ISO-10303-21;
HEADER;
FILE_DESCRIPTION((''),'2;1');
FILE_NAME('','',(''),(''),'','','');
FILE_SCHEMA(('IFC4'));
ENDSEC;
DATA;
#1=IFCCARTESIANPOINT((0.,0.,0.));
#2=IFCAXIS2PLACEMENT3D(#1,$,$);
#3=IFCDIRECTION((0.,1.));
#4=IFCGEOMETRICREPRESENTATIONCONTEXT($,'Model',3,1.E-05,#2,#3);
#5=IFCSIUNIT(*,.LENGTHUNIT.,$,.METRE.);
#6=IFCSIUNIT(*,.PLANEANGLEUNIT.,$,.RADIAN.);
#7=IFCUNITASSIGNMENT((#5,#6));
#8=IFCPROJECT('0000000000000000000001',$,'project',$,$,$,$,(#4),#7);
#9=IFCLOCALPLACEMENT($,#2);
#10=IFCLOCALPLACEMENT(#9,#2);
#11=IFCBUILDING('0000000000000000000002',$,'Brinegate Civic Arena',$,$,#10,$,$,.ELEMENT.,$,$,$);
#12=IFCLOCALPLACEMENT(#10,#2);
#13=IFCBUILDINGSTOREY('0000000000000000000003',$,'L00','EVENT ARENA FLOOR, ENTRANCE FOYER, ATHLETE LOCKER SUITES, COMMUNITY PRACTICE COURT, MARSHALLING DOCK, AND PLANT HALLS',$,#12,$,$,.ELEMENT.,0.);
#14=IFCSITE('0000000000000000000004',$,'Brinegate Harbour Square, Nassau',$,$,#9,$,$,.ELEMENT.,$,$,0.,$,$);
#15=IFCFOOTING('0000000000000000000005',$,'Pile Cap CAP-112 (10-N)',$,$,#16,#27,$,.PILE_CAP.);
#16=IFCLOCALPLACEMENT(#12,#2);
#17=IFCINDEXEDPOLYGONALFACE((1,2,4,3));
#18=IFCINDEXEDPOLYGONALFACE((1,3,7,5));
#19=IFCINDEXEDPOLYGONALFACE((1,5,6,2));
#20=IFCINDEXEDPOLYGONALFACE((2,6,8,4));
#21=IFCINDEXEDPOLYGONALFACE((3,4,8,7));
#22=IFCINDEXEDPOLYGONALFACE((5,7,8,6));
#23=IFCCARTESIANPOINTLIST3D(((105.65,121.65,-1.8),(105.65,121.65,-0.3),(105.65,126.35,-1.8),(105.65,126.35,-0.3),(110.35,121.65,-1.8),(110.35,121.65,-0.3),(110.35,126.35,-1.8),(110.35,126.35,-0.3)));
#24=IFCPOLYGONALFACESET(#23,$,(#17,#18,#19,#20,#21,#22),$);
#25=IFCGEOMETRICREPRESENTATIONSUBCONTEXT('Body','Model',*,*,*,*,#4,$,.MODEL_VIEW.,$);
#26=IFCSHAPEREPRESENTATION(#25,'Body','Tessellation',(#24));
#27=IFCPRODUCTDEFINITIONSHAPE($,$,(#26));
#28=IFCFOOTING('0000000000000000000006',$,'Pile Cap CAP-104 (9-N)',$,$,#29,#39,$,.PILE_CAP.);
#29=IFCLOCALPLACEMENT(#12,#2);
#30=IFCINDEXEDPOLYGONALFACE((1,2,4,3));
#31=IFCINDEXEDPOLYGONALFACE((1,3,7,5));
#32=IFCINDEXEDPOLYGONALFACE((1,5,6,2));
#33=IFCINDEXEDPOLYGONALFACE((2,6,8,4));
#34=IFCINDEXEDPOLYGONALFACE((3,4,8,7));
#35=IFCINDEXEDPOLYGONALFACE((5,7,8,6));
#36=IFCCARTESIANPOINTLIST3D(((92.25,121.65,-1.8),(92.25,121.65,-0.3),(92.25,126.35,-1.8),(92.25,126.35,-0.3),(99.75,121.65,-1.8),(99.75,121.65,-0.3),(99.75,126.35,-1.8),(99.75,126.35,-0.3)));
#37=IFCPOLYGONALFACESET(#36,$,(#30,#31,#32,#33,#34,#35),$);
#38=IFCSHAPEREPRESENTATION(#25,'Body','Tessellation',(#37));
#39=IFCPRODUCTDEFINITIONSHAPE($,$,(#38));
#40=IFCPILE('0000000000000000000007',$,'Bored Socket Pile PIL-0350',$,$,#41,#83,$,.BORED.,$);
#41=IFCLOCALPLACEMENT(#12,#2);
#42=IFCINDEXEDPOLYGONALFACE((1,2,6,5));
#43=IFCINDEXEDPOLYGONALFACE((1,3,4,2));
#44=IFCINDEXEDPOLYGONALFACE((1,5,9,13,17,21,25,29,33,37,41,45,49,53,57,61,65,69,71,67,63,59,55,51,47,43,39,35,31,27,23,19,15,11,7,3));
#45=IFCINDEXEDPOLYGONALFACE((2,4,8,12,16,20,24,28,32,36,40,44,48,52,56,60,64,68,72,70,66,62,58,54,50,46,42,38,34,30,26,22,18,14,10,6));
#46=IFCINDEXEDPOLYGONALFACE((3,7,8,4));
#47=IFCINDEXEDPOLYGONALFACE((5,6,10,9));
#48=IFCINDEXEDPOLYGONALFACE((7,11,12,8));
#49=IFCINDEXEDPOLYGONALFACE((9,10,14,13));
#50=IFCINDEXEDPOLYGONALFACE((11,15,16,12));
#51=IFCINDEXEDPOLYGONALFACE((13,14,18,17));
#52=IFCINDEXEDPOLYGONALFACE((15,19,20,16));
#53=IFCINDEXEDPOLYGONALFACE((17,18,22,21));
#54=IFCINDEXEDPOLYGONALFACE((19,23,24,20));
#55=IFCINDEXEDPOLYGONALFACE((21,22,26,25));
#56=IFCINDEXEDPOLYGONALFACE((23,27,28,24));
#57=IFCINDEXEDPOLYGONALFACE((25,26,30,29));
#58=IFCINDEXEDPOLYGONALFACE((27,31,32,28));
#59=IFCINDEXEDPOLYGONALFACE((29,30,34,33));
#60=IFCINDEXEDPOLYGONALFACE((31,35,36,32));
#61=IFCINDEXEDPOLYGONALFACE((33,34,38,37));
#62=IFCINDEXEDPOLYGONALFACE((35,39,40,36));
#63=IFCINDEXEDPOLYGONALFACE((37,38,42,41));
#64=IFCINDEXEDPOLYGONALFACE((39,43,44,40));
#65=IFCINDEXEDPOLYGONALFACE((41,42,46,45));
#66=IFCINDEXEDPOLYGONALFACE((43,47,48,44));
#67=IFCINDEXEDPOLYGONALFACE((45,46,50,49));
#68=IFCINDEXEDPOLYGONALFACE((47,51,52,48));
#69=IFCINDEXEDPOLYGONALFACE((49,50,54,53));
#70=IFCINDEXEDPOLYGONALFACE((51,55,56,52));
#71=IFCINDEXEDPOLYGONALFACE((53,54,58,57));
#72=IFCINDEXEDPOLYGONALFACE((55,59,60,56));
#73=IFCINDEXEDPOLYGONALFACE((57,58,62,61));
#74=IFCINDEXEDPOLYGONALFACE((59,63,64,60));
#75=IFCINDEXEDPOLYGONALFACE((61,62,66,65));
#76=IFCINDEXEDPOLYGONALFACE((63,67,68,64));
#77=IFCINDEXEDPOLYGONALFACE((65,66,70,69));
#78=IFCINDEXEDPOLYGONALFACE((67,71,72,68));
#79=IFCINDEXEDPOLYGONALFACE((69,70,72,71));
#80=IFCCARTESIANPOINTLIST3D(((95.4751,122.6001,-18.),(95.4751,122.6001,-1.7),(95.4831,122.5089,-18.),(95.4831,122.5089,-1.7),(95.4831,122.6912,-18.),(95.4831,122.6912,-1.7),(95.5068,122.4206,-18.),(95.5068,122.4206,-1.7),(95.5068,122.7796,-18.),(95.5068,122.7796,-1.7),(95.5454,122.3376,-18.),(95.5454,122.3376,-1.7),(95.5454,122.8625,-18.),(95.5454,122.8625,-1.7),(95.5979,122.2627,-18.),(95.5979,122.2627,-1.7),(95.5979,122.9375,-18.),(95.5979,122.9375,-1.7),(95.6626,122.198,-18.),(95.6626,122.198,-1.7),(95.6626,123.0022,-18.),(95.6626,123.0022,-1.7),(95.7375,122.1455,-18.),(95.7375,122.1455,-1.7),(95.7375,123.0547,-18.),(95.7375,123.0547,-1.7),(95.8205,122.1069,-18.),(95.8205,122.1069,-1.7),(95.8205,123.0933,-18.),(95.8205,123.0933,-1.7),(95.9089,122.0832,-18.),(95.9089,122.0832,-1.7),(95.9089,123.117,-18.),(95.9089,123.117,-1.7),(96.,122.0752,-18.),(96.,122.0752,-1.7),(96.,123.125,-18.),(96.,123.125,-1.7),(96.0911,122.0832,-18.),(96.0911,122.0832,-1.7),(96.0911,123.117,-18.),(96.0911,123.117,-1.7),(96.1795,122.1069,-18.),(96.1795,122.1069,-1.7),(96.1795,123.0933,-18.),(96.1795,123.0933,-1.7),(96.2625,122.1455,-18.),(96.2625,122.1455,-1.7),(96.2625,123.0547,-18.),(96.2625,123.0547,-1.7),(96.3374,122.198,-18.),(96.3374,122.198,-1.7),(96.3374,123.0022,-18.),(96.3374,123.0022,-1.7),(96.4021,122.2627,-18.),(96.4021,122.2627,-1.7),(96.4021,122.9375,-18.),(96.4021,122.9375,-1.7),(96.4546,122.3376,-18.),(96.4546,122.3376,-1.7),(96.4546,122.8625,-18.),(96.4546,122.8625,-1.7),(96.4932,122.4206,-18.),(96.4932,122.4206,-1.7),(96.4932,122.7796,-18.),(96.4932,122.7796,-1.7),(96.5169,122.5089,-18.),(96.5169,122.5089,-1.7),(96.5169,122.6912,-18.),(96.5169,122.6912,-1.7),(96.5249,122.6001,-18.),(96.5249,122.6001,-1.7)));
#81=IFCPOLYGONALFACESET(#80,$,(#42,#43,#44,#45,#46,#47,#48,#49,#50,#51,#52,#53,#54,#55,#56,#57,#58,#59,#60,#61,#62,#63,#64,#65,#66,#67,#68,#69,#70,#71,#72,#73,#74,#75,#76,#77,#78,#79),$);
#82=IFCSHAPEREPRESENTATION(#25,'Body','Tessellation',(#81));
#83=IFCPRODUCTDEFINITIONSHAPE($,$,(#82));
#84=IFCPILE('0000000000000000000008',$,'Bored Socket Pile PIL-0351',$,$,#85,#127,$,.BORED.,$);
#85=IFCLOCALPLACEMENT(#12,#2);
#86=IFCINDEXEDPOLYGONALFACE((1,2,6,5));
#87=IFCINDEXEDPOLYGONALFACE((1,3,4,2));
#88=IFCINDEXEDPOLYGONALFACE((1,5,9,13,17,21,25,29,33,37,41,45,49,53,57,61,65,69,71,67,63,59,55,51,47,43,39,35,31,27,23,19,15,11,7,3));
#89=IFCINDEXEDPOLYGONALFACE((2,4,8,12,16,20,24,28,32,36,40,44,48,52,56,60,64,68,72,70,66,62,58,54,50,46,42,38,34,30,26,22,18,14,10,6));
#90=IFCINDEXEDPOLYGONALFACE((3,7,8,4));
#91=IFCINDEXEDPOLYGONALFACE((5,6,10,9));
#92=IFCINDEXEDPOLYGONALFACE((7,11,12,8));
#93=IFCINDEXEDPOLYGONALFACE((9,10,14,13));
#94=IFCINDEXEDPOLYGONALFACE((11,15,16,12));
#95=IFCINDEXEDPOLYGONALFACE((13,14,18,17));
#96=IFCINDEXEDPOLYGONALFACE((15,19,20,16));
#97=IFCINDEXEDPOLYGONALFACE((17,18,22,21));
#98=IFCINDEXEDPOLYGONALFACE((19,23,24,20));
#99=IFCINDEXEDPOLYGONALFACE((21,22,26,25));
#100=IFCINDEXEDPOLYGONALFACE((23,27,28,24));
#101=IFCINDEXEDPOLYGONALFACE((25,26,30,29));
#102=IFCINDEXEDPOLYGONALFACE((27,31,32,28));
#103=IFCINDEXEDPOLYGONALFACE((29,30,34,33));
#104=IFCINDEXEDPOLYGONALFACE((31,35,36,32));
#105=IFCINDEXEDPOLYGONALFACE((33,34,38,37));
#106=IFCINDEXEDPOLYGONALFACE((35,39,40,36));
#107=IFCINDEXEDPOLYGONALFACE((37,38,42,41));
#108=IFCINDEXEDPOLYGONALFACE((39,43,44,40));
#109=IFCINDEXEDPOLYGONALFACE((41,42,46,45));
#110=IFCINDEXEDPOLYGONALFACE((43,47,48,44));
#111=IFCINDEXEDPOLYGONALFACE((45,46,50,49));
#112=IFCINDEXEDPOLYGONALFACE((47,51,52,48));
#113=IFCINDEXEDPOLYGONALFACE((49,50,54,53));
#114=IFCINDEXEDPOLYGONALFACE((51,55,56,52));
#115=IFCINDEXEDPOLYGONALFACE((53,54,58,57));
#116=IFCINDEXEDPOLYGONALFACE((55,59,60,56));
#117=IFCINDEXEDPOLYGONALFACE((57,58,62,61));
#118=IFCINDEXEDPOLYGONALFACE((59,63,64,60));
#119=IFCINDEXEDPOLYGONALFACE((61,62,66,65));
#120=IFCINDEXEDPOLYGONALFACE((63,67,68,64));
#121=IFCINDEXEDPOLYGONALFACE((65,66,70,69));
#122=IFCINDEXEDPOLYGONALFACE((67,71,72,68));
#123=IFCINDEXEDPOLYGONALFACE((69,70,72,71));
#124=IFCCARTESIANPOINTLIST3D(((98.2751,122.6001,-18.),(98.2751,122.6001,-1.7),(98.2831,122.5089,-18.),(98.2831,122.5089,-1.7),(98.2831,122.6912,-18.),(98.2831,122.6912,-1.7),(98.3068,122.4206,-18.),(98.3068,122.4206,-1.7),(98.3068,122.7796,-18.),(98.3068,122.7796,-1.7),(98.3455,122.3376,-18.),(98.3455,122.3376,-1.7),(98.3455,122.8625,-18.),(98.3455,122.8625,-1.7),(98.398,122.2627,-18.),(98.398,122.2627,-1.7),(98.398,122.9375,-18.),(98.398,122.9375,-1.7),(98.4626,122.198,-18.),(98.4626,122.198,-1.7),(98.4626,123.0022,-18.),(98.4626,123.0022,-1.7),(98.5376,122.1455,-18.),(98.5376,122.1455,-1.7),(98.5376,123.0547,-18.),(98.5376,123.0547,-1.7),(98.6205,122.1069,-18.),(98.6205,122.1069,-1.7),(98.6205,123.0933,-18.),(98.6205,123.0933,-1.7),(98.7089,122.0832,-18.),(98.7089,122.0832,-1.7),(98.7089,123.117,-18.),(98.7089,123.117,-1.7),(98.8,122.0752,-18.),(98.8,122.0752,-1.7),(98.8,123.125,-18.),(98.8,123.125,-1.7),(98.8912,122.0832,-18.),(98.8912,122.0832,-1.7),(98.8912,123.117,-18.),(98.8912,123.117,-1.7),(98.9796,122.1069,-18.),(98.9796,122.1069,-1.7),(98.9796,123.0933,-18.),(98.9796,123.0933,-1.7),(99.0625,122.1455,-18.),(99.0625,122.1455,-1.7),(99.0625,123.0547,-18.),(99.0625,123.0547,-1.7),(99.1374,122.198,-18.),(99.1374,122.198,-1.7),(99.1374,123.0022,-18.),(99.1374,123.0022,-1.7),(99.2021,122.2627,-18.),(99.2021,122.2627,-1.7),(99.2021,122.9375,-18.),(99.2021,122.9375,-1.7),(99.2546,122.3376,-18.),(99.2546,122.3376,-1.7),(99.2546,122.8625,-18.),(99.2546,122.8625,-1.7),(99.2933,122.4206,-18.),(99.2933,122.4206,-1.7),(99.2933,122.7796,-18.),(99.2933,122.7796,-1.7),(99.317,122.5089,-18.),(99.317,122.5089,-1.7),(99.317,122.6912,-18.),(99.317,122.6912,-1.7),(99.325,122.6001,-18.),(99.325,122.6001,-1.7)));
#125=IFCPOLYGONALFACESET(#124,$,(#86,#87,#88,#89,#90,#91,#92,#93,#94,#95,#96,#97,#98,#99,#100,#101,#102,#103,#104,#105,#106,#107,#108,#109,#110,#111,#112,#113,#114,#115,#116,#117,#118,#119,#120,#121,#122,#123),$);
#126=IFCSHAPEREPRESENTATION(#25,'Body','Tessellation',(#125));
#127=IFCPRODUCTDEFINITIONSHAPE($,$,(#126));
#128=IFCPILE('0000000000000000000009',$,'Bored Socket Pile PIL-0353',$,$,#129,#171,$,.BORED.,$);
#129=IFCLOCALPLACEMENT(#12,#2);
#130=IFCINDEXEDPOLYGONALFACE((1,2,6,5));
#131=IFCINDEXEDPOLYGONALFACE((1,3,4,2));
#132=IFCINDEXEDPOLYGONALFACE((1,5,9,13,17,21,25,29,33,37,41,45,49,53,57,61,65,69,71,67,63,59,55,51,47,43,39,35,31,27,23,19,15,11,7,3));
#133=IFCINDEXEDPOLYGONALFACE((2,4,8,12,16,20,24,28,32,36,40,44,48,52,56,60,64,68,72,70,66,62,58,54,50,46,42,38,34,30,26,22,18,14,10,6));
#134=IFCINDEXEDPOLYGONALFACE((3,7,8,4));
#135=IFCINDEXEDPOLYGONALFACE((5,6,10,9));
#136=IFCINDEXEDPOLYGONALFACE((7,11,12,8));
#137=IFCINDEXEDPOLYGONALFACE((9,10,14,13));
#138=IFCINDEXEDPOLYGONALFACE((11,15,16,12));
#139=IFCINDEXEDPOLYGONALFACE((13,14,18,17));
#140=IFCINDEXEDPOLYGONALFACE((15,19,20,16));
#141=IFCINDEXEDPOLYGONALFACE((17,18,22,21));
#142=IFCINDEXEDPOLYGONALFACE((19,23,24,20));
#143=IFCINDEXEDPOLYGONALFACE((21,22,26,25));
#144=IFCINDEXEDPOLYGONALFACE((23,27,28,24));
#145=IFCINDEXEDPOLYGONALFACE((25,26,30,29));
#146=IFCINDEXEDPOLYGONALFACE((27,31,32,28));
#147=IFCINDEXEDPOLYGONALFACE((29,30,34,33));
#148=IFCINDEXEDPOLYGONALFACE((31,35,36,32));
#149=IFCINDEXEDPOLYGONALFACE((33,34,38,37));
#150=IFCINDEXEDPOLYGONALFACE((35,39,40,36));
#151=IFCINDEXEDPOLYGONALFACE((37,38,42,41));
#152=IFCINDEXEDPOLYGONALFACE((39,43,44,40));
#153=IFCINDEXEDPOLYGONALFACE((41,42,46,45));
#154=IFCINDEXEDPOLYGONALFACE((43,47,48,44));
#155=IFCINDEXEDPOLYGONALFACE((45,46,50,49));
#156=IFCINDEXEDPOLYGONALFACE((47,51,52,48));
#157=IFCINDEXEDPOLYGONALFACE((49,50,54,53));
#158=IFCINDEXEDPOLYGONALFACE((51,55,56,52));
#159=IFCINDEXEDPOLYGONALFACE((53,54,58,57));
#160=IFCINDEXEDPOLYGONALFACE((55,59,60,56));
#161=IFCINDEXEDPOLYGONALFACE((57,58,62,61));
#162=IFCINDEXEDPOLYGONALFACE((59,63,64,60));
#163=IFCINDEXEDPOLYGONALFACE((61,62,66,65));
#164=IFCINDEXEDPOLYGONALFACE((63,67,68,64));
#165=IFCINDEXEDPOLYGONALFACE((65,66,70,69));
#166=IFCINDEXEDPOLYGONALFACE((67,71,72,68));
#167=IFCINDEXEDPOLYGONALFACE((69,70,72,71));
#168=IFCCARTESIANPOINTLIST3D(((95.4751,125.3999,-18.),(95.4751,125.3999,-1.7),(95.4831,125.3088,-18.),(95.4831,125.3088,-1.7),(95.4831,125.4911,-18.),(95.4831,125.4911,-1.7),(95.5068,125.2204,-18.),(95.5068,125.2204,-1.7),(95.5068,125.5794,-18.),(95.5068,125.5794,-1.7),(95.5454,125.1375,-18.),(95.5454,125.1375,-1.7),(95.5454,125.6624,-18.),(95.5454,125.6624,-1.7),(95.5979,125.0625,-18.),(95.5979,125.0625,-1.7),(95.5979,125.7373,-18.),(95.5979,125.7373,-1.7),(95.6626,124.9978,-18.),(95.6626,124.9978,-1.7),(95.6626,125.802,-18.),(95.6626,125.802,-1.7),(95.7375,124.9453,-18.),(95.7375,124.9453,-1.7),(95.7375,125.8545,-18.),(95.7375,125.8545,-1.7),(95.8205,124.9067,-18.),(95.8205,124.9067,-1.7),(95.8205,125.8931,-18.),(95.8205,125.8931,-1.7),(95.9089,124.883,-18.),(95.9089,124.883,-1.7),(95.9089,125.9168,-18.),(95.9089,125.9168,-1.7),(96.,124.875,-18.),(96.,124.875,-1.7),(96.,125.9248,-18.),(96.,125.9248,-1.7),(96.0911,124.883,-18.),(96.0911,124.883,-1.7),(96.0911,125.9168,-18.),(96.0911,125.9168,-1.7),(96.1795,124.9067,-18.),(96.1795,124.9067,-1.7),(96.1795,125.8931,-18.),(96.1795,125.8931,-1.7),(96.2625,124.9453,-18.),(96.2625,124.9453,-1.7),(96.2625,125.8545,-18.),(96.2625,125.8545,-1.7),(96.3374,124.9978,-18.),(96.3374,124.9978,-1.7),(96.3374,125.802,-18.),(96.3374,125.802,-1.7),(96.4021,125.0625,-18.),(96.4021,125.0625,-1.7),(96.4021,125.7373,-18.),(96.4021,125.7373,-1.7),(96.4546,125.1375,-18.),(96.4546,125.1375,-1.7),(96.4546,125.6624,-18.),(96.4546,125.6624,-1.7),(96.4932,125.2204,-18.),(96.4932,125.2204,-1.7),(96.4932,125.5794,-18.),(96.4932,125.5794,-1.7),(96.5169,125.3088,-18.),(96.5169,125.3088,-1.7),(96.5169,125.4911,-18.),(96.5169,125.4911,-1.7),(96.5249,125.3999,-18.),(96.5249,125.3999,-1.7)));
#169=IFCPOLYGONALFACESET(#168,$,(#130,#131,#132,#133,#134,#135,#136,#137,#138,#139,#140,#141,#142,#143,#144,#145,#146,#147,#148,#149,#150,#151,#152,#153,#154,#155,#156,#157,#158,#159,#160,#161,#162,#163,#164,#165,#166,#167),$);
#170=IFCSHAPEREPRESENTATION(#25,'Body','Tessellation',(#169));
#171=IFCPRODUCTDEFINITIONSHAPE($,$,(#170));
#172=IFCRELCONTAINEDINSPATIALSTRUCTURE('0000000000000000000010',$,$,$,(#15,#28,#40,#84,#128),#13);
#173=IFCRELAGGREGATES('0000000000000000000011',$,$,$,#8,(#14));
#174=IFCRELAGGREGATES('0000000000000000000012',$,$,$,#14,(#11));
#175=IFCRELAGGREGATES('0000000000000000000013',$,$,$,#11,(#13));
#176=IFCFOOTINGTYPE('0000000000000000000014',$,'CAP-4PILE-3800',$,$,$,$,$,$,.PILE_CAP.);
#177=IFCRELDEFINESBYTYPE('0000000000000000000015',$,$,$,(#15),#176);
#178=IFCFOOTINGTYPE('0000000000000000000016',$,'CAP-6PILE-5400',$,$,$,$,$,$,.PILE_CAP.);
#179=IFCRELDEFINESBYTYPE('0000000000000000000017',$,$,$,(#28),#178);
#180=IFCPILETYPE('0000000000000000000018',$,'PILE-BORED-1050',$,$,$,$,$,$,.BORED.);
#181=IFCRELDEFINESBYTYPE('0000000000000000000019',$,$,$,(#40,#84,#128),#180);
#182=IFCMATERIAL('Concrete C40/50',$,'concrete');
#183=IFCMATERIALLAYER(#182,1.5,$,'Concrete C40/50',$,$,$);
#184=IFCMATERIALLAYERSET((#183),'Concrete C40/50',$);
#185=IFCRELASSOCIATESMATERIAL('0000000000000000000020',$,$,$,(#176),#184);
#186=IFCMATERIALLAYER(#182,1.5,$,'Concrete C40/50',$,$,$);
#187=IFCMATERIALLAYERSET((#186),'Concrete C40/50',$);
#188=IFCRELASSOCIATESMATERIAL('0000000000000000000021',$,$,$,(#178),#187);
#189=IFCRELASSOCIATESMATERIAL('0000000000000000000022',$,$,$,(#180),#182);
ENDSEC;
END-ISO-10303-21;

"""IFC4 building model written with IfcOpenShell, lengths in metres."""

from ifc_helpers import new_model, si_unit, direction, frame, origin, origin_2d, place, context, subcontext, project, spatial, rectangle, circle, extrude, material, layer, layer_set, material_profile, profile_set, type_object, element, save


model = new_model("IFC4")

# Units and contexts
model_context = context("Model", 3, precision=1e-05, world=origin(), true_north=direction((0.0, 1.0)))
body_context = subcontext(model_context, "Body", "Model", "MODEL_VIEW")
ifc_project = project(units=[si_unit("LENGTHUNIT", "METRE"), si_unit("PLANEANGLEUNIT", "RADIAN")], contexts=[model_context])

# Site, building, storey
site_placement = place(None, origin())
site = spatial("IfcSite", under=ifc_project, at=site_placement, Name="Brinegate Harbour Square, Nassau", CompositionType="ELEMENT", RefElevation=0.0)
building_placement = place(site_placement, origin())
building = spatial("IfcBuilding", under=site, at=building_placement, Name="Brinegate Civic Arena", CompositionType="ELEMENT")
storey_placement = place(building_placement, origin())
storey = spatial("IfcBuildingStorey", under=building, at=storey_placement, Name="L00", Description="EVENT ARENA FLOOR, ENTRANCE FOYER, ATHLETE LOCKER SUITES, COMMUNITY PRACTICE COURT, MARSHALLING DOCK, AND PLANT HALLS", CompositionType="ELEMENT", Elevation=0.0)

# Footings
ifc_material_1 = material(Name="Concrete C40/50", Category="concrete")
ifc_layer_1 = layer(ifc_material_1, 1.5, Name="Concrete C40/50")
ifc_layer_set_1 = layer_set([ifc_layer_1], Name="Concrete C40/50")
footing_type_1 = type_object("IfcFootingType", Name="CAP-4PILE-3800", PredefinedType="PILE_CAP", material=ifc_layer_set_1)
footing_1_placement = place(storey_placement, frame((108.0, 124.0, -1.8), z_axis=(0.0, 0.0, 1.0), x_axis=(1.0, 0.0, 0.0)))
element("IfcFooting", 1, at=footing_1_placement, inside=storey, type_object=footing_type_1, Name="Pile Cap CAP-112 (10-N)", PredefinedType="PILE_CAP", context=body_context, shape_type="SweptSolid", body=[
    extrude(rectangle(XDim=4.7, YDim=4.7, at=origin_2d()), origin(), (0.0, 0.0, 1.0), 1.5),
])
ifc_layer_2 = layer(ifc_material_1, 1.5, Name="Concrete C40/50")
ifc_layer_set_2 = layer_set([ifc_layer_2], Name="Concrete C40/50")
footing_type_2 = type_object("IfcFootingType", Name="CAP-6PILE-5400", PredefinedType="PILE_CAP", material=ifc_layer_set_2)
footing_2_placement = place(storey_placement, frame((96.0, 124.0, -1.8), z_axis=(0.0, 0.0, 1.0), x_axis=(1.0, 0.0, 0.0)))
element("IfcFooting", 2, at=footing_2_placement, inside=storey, type_object=footing_type_2, Name="Pile Cap CAP-104 (9-N)", PredefinedType="PILE_CAP", context=body_context, shape_type="SweptSolid", body=[
    extrude(rectangle(XDim=7.5, YDim=4.7, at=origin_2d()), origin(), (0.0, 0.0, 1.0), 1.5),
])

# Piles
ifc_material_profile_1 = material_profile(ifc_material_1, circle(Radius=0.5249, at=origin_2d()), Name="PILED1050")
ifc_profile_set_1 = profile_set([ifc_material_profile_1], Name="Concrete C40/50")
pile_type_1 = type_object("IfcPileType", Name="PILE-BORED-1050", PredefinedType="BORED", material=ifc_profile_set_1)
for number, where, z_axis, x_axis, name in (
    (3, (96.0, 122.6001, -1.7), (0.0, 0.0, -1.0), (1.0, 0.0, 0.0), "Bored Socket Pile PIL-0350"),
    (4, (98.8, 122.6001, -1.7), (0.0, 0.0, -1.0), (1.0, 0.0, 0.0), "Bored Socket Pile PIL-0351"),
    (5, (96.0, 125.3999, -1.7), (0.0, 0.0, -1.0), (1.0, 0.0, 0.0), "Bored Socket Pile PIL-0353"),
):
    element("IfcPile", number, at=place(storey_placement, frame(where, z_axis=z_axis, x_axis=x_axis)), inside=storey, type_object=pile_type_1, Name=name, PredefinedType="BORED", context=body_context, shape_type="SweptSolid", body=[
        extrude(circle(Radius=0.5249, at=origin_2d()), origin(), (0.0, 0.0, 1.0), 16.3),
    ])

save(model, "model.ifc")
